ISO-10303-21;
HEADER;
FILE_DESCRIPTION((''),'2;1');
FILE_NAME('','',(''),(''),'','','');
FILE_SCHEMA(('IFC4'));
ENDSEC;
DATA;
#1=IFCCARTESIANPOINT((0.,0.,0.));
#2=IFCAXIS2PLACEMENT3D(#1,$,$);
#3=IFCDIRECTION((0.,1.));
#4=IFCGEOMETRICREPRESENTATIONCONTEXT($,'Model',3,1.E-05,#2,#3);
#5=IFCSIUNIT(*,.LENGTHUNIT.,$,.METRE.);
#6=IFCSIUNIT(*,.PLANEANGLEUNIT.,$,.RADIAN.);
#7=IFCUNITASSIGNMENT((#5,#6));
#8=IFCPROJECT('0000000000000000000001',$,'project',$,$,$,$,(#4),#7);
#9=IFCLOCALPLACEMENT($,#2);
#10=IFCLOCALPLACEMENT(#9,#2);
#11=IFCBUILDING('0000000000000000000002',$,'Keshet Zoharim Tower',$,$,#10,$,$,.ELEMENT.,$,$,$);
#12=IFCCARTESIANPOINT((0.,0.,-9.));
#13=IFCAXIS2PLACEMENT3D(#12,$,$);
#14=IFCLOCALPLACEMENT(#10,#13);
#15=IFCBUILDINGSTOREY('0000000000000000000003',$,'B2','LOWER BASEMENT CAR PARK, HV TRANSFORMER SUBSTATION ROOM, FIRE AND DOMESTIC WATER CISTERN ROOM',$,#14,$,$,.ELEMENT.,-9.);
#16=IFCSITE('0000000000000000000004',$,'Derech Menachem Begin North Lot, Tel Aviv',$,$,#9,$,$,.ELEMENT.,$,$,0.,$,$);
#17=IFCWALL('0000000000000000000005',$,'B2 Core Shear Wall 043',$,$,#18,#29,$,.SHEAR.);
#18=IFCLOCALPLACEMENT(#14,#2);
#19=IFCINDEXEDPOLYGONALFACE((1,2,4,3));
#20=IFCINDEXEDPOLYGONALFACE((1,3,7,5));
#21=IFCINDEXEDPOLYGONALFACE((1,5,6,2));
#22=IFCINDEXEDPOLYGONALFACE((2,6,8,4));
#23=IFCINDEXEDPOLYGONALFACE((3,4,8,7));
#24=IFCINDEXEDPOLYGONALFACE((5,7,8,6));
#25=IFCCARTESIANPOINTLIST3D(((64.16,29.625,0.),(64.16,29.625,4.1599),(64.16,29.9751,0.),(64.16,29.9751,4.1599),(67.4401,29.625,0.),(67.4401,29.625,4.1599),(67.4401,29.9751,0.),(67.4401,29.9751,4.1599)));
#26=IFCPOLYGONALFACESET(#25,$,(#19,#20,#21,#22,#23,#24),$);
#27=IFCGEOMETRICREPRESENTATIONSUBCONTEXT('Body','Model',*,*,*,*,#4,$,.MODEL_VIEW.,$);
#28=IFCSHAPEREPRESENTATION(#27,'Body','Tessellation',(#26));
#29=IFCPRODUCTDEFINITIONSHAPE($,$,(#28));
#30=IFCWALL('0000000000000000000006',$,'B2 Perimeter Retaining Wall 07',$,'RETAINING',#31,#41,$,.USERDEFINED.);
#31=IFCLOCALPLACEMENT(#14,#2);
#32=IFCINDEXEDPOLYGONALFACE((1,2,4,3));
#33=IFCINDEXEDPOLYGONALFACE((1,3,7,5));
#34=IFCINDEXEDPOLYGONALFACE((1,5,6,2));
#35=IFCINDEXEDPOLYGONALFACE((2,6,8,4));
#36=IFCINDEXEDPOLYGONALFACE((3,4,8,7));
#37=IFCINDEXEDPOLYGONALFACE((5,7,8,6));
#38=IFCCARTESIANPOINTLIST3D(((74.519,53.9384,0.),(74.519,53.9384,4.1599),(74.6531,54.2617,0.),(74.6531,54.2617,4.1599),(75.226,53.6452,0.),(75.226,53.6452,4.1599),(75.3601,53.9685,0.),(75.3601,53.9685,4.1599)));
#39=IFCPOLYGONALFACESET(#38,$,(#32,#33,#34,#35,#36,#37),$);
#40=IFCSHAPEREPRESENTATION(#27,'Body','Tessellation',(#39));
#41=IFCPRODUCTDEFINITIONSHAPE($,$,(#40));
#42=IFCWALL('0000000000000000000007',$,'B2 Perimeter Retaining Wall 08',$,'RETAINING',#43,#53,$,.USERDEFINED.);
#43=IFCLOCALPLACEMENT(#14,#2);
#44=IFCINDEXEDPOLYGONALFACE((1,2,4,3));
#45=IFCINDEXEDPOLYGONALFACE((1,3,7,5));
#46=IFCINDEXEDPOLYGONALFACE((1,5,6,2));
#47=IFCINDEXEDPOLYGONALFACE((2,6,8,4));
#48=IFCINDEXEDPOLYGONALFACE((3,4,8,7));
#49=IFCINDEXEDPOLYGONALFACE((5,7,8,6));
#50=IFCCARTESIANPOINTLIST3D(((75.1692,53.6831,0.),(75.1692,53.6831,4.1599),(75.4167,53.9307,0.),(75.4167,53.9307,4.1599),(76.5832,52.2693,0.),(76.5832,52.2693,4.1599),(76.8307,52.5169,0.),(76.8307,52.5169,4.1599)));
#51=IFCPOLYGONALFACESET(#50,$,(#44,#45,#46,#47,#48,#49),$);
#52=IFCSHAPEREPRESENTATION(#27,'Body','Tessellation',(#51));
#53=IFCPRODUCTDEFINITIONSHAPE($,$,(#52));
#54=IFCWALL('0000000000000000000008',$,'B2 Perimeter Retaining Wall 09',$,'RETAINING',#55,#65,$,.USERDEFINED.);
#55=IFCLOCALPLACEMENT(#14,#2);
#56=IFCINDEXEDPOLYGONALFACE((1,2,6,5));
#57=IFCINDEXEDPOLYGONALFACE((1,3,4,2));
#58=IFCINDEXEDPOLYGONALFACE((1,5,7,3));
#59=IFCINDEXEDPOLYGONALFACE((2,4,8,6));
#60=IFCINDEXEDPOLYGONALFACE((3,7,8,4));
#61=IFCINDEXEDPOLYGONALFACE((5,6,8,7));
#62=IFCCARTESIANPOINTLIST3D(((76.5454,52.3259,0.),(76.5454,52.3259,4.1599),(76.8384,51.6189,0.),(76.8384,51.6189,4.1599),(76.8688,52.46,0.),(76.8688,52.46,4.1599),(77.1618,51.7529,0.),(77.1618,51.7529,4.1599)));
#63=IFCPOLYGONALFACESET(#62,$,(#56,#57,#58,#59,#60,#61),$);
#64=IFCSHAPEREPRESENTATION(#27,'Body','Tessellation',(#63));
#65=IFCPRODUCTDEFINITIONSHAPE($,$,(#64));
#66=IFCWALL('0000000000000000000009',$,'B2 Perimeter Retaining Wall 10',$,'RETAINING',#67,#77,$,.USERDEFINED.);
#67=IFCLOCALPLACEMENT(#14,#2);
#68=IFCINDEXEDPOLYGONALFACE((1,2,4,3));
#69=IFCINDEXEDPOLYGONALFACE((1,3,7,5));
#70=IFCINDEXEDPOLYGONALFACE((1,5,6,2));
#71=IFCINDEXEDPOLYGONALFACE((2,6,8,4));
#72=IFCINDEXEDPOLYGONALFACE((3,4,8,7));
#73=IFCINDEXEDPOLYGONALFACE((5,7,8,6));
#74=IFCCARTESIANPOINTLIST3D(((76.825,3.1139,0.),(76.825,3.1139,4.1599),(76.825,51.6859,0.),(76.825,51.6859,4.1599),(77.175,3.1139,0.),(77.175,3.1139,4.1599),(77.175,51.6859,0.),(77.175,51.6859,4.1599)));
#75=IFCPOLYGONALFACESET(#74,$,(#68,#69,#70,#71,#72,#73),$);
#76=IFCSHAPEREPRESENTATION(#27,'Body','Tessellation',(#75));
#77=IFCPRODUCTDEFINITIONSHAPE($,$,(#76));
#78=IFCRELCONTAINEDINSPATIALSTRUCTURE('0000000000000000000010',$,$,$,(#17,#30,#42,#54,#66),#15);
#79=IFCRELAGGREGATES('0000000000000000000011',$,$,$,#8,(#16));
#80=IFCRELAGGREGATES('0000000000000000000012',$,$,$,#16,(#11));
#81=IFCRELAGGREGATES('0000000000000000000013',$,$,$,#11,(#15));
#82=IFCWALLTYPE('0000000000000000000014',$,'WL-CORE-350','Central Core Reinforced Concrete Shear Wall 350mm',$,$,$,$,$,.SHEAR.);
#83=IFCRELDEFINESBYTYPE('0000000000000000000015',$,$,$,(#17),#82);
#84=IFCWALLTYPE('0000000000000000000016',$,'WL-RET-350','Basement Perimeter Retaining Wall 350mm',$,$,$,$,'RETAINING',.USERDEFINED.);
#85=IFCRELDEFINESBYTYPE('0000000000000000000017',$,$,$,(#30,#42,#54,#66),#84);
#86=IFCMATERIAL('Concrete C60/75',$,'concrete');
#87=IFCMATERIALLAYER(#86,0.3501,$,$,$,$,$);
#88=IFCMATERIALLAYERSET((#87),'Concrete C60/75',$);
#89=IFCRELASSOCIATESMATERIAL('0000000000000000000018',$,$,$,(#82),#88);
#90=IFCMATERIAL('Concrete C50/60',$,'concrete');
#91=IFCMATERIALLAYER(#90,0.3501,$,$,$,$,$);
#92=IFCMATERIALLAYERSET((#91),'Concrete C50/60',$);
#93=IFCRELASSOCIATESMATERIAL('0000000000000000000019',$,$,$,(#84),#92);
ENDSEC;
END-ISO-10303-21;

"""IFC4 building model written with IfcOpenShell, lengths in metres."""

from ifc_helpers import new_model, si_unit, direction, frame, frame_2d, origin, place, context, subcontext, project, spatial, rectangle, extrude, material, layer, layer_set, type_object, element, save


model = new_model("IFC4")

# Units and contexts
model_context = context("Model", 3, precision=1e-05, world=origin(), true_north=direction((0.0, 1.0)))
body_context = subcontext(model_context, "Body", "Model", "MODEL_VIEW")
ifc_project = project(units=[si_unit("LENGTHUNIT", "METRE"), si_unit("PLANEANGLEUNIT", "RADIAN")], contexts=[model_context])

# Site, building, storey
site_placement = place(None, origin())
site = spatial("IfcSite", under=ifc_project, at=site_placement, Name="Derech Menachem Begin North Lot, Tel Aviv", CompositionType="ELEMENT", RefElevation=0.0)
building_placement = place(site_placement, origin())
building = spatial("IfcBuilding", under=site, at=building_placement, Name="Keshet Zoharim Tower", CompositionType="ELEMENT")
storey_placement = place(building_placement, frame((0.0, 0.0, -9.0)))
storey = spatial("IfcBuildingStorey", under=building, at=storey_placement, Name="B2", Description="LOWER BASEMENT CAR PARK, HV TRANSFORMER SUBSTATION ROOM, FIRE AND DOMESTIC WATER CISTERN ROOM", CompositionType="ELEMENT", Elevation=-9.0)

# Shared definitions
ifc_material_1 = material(Name="Concrete C50/60", Category="concrete")

# Shared definitions
ifc_material_2 = material(Name="Concrete C60/75", Category="concrete")

# Walls
ifc_layer_1 = layer(ifc_material_2, 0.3501)
ifc_layer_set_1 = layer_set([ifc_layer_1], Name="Concrete C60/75")
wall_type_1 = type_object("IfcWallType", Name="WL-CORE-350", Description="Central Core Reinforced Concrete Shear Wall 350mm", PredefinedType="SHEAR", material=ifc_layer_set_1)
wall_1_placement = place(storey_placement, frame((64.1599, 29.8, 0.0), z_axis=(0.0, 0.0, 1.0), x_axis=(1.0, 0.0, 0.0)))
element("IfcWall", 1, at=wall_1_placement, inside=storey, type_object=wall_type_1, Name="B2 Core Shear Wall 043", PredefinedType="SHEAR", context=body_context, shape_type="SweptSolid", body=[
    extrude(rectangle(XDim=3.28, YDim=0.3501, at=frame_2d((1.6401, 0.0))), origin(), (0.0, 0.0, 1.0), 4.1599),
])
ifc_layer_2 = layer(ifc_material_1, 0.3501)
ifc_layer_set_2 = layer_set([ifc_layer_2], Name="Concrete C50/60")
wall_type_2 = type_object("IfcWallType", Name="WL-RET-350", Description="Basement Perimeter Retaining Wall 350mm", ElementType="RETAINING", PredefinedType="USERDEFINED", material=ifc_layer_set_2)
wall_2_placement = place(storey_placement, frame((74.5859, 54.1001, 0.0), z_axis=(0.0, 0.0, 1.0), x_axis=(0.923717, -0.383075, 0.0)))
element("IfcWall", 2, at=wall_2_placement, inside=storey, type_object=wall_type_2, Name="B2 Perimeter Retaining Wall 07", ObjectType="RETAINING", PredefinedType="USERDEFINED", context=body_context, shape_type="SweptSolid", body=[
    extrude(rectangle(XDim=0.7654, YDim=0.3501, at=frame_2d((0.3828, 0.0))), origin(), (0.0, 0.0, 1.0), 4.1599),
])
wall_3_placement = place(storey_placement, frame((75.293, 53.8069, 0.0), z_axis=(0.0, 0.0, 1.0), x_axis=(0.707168, -0.707046, 0.0)))
element("IfcWall", 3, at=wall_3_placement, inside=storey, type_object=wall_type_2, Name="B2 Perimeter Retaining Wall 08", ObjectType="RETAINING", PredefinedType="USERDEFINED", context=body_context, shape_type="SweptSolid", body=[
    extrude(rectangle(XDim=1.9995, YDim=0.3501, at=frame_2d((0.9998, 0.0))), origin(), (0.0, 0.0, 1.0), 4.1599),
])
wall_4_placement = place(storey_placement, frame((76.707, 52.3931, 0.0), z_axis=(0.0, 0.0, 1.0), x_axis=(0.382803, -0.92383, 0.0)))
element("IfcWall", 4, at=wall_4_placement, inside=storey, type_object=wall_type_2, Name="B2 Perimeter Retaining Wall 09", ObjectType="RETAINING", PredefinedType="USERDEFINED", context=body_context, shape_type="SweptSolid", body=[
    extrude(rectangle(XDim=0.7654, YDim=0.3501, at=frame_2d((0.3828, 0.0))), origin(), (0.0, 0.0, 1.0), 4.1599),
])
wall_5_placement = place(storey_placement, frame((77.0, 51.686, 0.0), z_axis=(0.0, 0.0, 1.0), x_axis=(0.0, -1.0, 0.0)))
element("IfcWall", 5, at=wall_5_placement, inside=storey, type_object=wall_type_2, Name="B2 Perimeter Retaining Wall 10", ObjectType="RETAINING", PredefinedType="USERDEFINED", context=body_context, shape_type="SweptSolid", body=[
    extrude(rectangle(XDim=48.572, YDim=0.3501, at=frame_2d((24.2861, 0.0))), origin(), (0.0, 0.0, 1.0), 4.1599),
])

save(model, "model.ifc")
